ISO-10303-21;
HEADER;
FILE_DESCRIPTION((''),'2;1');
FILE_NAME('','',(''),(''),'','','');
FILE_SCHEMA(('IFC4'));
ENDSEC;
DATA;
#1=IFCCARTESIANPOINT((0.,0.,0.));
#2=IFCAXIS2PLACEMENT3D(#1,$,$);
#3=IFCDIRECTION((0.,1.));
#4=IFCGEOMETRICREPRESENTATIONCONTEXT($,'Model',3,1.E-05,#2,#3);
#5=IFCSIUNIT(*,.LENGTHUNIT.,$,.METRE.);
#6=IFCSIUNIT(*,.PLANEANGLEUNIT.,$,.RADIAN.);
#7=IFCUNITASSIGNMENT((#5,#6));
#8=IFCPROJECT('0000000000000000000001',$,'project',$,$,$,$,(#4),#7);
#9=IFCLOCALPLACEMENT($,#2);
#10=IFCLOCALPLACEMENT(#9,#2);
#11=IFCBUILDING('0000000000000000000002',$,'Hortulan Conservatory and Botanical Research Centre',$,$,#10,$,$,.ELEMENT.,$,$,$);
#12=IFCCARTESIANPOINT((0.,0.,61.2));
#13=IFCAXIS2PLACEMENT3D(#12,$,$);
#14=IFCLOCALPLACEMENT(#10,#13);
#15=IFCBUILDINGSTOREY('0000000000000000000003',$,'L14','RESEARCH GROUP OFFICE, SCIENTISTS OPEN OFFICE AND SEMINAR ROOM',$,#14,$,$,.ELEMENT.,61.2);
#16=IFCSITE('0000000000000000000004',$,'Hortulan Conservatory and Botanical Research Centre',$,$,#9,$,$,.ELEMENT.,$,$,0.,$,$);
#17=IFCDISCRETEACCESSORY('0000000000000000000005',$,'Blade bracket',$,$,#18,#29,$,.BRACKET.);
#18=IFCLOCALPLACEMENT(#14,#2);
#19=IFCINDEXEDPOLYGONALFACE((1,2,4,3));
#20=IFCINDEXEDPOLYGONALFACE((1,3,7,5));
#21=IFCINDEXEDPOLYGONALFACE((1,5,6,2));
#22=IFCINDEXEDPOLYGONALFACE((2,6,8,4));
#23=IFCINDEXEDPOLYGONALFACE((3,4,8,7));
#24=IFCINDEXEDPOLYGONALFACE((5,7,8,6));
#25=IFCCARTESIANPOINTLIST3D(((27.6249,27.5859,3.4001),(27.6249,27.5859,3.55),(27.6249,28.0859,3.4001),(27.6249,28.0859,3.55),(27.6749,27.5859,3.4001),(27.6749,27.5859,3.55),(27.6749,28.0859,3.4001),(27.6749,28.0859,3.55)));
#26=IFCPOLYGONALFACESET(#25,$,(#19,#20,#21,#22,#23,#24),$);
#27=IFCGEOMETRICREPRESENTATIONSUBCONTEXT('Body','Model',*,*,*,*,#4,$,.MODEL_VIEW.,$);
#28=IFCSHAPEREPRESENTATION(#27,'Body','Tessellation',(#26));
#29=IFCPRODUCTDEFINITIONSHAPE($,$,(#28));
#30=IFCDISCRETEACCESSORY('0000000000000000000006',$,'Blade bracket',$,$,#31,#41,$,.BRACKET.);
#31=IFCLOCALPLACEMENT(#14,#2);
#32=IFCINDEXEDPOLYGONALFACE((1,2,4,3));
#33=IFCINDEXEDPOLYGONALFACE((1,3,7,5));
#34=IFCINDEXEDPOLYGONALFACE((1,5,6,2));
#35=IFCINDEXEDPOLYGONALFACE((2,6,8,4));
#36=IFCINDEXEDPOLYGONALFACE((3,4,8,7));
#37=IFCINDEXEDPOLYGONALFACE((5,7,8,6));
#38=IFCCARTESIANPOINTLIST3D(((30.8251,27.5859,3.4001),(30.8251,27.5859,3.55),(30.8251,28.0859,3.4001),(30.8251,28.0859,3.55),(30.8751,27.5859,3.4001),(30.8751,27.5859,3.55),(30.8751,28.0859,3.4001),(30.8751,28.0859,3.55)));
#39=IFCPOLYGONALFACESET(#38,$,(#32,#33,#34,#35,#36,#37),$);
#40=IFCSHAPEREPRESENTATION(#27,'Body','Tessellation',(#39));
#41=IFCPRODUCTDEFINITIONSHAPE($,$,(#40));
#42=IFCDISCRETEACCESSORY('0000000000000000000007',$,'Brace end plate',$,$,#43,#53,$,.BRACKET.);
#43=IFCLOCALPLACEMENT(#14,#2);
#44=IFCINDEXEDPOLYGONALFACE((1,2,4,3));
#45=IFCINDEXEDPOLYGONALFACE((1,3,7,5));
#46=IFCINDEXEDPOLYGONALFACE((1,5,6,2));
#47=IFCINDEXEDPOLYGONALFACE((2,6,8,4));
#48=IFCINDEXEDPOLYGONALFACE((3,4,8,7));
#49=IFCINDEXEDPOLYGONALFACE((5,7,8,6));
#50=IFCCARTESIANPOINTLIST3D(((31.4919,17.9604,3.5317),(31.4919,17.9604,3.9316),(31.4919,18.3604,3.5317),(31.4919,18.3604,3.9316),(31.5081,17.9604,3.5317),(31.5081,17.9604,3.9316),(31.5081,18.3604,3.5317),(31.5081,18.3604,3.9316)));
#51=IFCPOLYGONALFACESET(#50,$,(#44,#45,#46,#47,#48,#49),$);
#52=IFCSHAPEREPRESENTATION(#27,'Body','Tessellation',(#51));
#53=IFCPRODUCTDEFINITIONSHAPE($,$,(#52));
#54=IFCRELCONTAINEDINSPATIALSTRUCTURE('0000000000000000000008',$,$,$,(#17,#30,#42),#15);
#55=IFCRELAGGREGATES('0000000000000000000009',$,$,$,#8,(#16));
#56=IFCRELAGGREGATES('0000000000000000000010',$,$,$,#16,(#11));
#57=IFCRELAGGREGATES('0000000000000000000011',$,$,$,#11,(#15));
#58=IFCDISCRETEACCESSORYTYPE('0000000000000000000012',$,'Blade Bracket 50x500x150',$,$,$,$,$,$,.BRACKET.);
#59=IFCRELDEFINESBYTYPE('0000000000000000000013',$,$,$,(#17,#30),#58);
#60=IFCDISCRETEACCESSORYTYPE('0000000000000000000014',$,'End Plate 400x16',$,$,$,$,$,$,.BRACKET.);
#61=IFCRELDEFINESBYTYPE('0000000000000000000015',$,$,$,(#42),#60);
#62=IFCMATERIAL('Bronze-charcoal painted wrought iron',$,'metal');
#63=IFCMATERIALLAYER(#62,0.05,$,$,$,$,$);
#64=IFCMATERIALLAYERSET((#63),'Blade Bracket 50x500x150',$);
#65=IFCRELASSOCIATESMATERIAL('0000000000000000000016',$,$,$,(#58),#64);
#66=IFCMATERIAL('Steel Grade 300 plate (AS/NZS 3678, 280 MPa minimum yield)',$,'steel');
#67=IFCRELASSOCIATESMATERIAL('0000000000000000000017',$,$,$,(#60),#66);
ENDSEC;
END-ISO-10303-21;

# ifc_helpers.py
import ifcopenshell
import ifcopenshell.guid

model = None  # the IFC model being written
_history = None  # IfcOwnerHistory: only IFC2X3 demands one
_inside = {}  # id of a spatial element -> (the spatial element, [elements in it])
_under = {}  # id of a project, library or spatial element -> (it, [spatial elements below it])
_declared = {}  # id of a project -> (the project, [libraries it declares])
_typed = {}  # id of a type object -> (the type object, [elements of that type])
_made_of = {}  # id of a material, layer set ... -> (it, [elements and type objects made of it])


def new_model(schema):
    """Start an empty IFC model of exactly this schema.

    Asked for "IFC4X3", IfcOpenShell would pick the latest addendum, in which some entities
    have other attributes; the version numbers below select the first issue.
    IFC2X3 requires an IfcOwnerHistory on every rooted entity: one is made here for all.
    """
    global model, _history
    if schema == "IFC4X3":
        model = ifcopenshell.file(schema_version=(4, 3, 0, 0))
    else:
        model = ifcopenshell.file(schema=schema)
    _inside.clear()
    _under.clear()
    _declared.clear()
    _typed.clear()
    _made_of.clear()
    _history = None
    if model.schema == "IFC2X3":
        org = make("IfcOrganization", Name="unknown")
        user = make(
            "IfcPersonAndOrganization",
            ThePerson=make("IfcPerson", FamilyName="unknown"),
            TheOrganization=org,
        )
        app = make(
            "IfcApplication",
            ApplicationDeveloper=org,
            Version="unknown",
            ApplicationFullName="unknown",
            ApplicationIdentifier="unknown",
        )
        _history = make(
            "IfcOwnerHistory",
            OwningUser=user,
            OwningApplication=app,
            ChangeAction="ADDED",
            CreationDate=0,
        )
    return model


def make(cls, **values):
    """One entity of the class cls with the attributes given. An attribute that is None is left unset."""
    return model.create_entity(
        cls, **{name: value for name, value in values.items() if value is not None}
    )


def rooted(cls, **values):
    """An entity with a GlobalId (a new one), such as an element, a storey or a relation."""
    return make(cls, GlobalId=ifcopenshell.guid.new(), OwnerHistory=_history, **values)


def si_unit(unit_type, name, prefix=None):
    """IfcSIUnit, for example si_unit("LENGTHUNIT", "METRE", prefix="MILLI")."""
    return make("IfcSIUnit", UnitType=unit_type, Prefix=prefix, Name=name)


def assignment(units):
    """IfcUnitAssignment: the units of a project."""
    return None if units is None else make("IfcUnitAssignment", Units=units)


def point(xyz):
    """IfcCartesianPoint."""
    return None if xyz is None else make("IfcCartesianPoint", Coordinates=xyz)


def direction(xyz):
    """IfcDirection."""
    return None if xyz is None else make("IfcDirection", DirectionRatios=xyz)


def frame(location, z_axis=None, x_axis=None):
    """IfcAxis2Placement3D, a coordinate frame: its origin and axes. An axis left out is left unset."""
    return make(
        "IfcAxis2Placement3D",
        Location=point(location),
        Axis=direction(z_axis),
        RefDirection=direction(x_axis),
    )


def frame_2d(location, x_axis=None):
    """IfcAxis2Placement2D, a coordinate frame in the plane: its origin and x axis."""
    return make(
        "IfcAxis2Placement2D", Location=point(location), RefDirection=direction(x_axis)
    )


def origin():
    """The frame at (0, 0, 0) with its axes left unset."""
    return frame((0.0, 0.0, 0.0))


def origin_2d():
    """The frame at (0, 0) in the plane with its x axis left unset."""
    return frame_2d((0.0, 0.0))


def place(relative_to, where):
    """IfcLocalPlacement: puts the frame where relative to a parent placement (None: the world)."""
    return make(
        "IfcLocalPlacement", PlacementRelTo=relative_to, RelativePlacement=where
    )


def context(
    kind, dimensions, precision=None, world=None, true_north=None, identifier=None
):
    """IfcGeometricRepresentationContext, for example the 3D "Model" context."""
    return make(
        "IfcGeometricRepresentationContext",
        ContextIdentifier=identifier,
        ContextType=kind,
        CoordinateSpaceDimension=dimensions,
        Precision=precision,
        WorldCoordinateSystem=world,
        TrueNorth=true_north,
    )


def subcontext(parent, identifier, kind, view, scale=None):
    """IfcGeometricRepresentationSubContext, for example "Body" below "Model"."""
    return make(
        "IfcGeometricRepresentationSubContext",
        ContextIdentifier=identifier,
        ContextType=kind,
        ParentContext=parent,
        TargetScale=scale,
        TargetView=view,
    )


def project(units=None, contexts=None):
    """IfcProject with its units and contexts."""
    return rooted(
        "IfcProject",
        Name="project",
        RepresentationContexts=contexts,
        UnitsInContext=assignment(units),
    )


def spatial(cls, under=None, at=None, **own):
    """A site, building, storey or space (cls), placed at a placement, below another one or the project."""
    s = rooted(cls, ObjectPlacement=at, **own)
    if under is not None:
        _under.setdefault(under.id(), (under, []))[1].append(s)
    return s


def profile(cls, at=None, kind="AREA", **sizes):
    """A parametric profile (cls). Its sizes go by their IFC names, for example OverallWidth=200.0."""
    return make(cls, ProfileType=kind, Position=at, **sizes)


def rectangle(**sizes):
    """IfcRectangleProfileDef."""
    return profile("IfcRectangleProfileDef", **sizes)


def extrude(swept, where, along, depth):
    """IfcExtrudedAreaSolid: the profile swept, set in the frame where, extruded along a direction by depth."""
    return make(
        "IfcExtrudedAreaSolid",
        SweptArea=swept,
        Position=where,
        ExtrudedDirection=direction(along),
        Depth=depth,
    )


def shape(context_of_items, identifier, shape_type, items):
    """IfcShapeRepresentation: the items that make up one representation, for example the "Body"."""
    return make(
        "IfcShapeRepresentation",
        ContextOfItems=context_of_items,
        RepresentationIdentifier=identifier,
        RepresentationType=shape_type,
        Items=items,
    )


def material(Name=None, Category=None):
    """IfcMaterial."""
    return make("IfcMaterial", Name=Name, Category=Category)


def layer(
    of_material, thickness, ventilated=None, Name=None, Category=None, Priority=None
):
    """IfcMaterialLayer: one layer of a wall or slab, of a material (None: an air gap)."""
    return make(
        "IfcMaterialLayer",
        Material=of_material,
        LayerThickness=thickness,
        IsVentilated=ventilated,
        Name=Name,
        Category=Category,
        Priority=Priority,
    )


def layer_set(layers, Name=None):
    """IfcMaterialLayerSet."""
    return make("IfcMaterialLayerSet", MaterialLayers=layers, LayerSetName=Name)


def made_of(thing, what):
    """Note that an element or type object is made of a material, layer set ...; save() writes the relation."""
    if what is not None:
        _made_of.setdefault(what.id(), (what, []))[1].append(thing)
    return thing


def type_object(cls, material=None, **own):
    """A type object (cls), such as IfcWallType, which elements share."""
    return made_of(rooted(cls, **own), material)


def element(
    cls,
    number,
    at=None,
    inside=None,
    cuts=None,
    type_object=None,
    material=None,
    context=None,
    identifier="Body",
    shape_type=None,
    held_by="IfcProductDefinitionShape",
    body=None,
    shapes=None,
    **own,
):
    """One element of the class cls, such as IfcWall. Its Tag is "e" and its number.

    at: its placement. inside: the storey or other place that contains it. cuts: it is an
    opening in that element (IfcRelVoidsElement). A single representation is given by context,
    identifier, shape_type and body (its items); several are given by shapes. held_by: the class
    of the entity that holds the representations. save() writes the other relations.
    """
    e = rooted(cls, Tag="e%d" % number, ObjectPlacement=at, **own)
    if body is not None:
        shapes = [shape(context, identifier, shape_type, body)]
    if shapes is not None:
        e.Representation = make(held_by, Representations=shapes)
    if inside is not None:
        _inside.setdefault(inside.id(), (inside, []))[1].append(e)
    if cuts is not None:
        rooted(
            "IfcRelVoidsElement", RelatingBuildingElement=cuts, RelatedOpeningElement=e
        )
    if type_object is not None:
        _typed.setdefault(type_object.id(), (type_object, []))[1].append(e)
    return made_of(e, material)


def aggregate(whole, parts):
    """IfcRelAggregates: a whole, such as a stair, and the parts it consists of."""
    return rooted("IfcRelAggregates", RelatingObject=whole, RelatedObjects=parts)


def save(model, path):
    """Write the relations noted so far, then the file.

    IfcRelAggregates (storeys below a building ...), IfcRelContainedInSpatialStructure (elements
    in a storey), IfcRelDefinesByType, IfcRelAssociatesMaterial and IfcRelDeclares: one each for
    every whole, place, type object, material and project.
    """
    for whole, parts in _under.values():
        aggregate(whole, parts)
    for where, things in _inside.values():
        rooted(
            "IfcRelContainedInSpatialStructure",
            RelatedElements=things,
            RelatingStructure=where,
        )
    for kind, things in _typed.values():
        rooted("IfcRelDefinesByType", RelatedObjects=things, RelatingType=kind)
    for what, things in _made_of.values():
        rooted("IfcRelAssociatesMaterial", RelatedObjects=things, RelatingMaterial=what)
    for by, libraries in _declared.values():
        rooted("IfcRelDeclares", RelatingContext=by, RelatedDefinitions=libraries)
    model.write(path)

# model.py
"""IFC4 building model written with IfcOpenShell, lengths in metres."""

from ifc_helpers import new_model, si_unit, direction, frame, origin, origin_2d, place, context, subcontext, project, spatial, rectangle, extrude, material, layer, layer_set, type_object, element, save


model = new_model("IFC4")

# Units and contexts
model_context = context("Model", 3, precision=1e-05, world=origin(), true_north=direction((0.0, 1.0)))
body_context = subcontext(model_context, "Body", "Model", "MODEL_VIEW")
ifc_project = project(units=[si_unit("LENGTHUNIT", "METRE"), si_unit("PLANEANGLEUNIT", "RADIAN")], contexts=[model_context])

# Site, building, storey
site_placement = place(None, origin())
site = spatial("IfcSite", under=ifc_project, at=site_placement, Name="Hortulan Conservatory and Botanical Research Centre", CompositionType="ELEMENT", RefElevation=0.0)
building_placement = place(site_placement, origin())
building = spatial("IfcBuilding", under=site, at=building_placement, Name="Hortulan Conservatory and Botanical Research Centre", CompositionType="ELEMENT")
storey_placement = place(building_placement, frame((0.0, 0.0, 61.2)))
storey = spatial("IfcBuildingStorey", under=building, at=storey_placement, Name="L14", Description="RESEARCH GROUP OFFICE, SCIENTISTS OPEN OFFICE AND SEMINAR ROOM", CompositionType="ELEMENT", Elevation=61.2)

# Discrete accessories
ifc_material_1 = material(Name="Bronze-charcoal painted wrought iron", Category="metal")
ifc_layer_1 = layer(ifc_material_1, 0.05)
ifc_layer_set_1 = layer_set([ifc_layer_1], Name="Blade Bracket 50x500x150")
discrete_accessory_type_1 = type_object("IfcDiscreteAccessoryType", Name="Blade Bracket 50x500x150", PredefinedType="BRACKET", material=ifc_layer_set_1)
for number, where, z_axis, x_axis, name in (
    (1, (27.6499, 27.8359, 3.4001), (0.0, 0.0, 1.0), (1.0, 0.0, 0.0), "Blade bracket"),
    (2, (30.8501, 27.8359, 3.4001), (0.0, 0.0, 1.0), (1.0, 0.0, 0.0), "Blade bracket"),
):
    element("IfcDiscreteAccessory", number, at=place(storey_placement, frame(where, z_axis=z_axis, x_axis=x_axis)), inside=storey, type_object=discrete_accessory_type_1, Name=name, PredefinedType="BRACKET", context=body_context, shape_type="SweptSolid", body=[
        extrude(rectangle(XDim=0.05, YDim=0.5, at=origin_2d()), origin(), (0.0, 0.0, 1.0), 0.1499),
    ])
ifc_material_2 = material(Name="Steel Grade 300 plate (AS/NZS 3678, 280 MPa minimum yield)", Category="steel")
discrete_accessory_type_2 = type_object("IfcDiscreteAccessoryType", Name="End Plate 400x16", PredefinedType="BRACKET", material=ifc_material_2)
discrete_accessory_placement = place(storey_placement, frame((31.5, 18.1604, 3.5317), z_axis=(0.0, 0.0, 1.0), x_axis=(0.0, -1.0, 0.0)))
element("IfcDiscreteAccessory", 3, at=discrete_accessory_placement, inside=storey, type_object=discrete_accessory_type_2, Name="Brace end plate", PredefinedType="BRACKET", context=body_context, shape_type="SweptSolid", body=[
    extrude(rectangle(XDim=0.3999, YDim=0.0161, at=origin_2d()), origin(), (0.0, 0.0, 1.0), 0.3999),
])

save(model, "model.ifc")
